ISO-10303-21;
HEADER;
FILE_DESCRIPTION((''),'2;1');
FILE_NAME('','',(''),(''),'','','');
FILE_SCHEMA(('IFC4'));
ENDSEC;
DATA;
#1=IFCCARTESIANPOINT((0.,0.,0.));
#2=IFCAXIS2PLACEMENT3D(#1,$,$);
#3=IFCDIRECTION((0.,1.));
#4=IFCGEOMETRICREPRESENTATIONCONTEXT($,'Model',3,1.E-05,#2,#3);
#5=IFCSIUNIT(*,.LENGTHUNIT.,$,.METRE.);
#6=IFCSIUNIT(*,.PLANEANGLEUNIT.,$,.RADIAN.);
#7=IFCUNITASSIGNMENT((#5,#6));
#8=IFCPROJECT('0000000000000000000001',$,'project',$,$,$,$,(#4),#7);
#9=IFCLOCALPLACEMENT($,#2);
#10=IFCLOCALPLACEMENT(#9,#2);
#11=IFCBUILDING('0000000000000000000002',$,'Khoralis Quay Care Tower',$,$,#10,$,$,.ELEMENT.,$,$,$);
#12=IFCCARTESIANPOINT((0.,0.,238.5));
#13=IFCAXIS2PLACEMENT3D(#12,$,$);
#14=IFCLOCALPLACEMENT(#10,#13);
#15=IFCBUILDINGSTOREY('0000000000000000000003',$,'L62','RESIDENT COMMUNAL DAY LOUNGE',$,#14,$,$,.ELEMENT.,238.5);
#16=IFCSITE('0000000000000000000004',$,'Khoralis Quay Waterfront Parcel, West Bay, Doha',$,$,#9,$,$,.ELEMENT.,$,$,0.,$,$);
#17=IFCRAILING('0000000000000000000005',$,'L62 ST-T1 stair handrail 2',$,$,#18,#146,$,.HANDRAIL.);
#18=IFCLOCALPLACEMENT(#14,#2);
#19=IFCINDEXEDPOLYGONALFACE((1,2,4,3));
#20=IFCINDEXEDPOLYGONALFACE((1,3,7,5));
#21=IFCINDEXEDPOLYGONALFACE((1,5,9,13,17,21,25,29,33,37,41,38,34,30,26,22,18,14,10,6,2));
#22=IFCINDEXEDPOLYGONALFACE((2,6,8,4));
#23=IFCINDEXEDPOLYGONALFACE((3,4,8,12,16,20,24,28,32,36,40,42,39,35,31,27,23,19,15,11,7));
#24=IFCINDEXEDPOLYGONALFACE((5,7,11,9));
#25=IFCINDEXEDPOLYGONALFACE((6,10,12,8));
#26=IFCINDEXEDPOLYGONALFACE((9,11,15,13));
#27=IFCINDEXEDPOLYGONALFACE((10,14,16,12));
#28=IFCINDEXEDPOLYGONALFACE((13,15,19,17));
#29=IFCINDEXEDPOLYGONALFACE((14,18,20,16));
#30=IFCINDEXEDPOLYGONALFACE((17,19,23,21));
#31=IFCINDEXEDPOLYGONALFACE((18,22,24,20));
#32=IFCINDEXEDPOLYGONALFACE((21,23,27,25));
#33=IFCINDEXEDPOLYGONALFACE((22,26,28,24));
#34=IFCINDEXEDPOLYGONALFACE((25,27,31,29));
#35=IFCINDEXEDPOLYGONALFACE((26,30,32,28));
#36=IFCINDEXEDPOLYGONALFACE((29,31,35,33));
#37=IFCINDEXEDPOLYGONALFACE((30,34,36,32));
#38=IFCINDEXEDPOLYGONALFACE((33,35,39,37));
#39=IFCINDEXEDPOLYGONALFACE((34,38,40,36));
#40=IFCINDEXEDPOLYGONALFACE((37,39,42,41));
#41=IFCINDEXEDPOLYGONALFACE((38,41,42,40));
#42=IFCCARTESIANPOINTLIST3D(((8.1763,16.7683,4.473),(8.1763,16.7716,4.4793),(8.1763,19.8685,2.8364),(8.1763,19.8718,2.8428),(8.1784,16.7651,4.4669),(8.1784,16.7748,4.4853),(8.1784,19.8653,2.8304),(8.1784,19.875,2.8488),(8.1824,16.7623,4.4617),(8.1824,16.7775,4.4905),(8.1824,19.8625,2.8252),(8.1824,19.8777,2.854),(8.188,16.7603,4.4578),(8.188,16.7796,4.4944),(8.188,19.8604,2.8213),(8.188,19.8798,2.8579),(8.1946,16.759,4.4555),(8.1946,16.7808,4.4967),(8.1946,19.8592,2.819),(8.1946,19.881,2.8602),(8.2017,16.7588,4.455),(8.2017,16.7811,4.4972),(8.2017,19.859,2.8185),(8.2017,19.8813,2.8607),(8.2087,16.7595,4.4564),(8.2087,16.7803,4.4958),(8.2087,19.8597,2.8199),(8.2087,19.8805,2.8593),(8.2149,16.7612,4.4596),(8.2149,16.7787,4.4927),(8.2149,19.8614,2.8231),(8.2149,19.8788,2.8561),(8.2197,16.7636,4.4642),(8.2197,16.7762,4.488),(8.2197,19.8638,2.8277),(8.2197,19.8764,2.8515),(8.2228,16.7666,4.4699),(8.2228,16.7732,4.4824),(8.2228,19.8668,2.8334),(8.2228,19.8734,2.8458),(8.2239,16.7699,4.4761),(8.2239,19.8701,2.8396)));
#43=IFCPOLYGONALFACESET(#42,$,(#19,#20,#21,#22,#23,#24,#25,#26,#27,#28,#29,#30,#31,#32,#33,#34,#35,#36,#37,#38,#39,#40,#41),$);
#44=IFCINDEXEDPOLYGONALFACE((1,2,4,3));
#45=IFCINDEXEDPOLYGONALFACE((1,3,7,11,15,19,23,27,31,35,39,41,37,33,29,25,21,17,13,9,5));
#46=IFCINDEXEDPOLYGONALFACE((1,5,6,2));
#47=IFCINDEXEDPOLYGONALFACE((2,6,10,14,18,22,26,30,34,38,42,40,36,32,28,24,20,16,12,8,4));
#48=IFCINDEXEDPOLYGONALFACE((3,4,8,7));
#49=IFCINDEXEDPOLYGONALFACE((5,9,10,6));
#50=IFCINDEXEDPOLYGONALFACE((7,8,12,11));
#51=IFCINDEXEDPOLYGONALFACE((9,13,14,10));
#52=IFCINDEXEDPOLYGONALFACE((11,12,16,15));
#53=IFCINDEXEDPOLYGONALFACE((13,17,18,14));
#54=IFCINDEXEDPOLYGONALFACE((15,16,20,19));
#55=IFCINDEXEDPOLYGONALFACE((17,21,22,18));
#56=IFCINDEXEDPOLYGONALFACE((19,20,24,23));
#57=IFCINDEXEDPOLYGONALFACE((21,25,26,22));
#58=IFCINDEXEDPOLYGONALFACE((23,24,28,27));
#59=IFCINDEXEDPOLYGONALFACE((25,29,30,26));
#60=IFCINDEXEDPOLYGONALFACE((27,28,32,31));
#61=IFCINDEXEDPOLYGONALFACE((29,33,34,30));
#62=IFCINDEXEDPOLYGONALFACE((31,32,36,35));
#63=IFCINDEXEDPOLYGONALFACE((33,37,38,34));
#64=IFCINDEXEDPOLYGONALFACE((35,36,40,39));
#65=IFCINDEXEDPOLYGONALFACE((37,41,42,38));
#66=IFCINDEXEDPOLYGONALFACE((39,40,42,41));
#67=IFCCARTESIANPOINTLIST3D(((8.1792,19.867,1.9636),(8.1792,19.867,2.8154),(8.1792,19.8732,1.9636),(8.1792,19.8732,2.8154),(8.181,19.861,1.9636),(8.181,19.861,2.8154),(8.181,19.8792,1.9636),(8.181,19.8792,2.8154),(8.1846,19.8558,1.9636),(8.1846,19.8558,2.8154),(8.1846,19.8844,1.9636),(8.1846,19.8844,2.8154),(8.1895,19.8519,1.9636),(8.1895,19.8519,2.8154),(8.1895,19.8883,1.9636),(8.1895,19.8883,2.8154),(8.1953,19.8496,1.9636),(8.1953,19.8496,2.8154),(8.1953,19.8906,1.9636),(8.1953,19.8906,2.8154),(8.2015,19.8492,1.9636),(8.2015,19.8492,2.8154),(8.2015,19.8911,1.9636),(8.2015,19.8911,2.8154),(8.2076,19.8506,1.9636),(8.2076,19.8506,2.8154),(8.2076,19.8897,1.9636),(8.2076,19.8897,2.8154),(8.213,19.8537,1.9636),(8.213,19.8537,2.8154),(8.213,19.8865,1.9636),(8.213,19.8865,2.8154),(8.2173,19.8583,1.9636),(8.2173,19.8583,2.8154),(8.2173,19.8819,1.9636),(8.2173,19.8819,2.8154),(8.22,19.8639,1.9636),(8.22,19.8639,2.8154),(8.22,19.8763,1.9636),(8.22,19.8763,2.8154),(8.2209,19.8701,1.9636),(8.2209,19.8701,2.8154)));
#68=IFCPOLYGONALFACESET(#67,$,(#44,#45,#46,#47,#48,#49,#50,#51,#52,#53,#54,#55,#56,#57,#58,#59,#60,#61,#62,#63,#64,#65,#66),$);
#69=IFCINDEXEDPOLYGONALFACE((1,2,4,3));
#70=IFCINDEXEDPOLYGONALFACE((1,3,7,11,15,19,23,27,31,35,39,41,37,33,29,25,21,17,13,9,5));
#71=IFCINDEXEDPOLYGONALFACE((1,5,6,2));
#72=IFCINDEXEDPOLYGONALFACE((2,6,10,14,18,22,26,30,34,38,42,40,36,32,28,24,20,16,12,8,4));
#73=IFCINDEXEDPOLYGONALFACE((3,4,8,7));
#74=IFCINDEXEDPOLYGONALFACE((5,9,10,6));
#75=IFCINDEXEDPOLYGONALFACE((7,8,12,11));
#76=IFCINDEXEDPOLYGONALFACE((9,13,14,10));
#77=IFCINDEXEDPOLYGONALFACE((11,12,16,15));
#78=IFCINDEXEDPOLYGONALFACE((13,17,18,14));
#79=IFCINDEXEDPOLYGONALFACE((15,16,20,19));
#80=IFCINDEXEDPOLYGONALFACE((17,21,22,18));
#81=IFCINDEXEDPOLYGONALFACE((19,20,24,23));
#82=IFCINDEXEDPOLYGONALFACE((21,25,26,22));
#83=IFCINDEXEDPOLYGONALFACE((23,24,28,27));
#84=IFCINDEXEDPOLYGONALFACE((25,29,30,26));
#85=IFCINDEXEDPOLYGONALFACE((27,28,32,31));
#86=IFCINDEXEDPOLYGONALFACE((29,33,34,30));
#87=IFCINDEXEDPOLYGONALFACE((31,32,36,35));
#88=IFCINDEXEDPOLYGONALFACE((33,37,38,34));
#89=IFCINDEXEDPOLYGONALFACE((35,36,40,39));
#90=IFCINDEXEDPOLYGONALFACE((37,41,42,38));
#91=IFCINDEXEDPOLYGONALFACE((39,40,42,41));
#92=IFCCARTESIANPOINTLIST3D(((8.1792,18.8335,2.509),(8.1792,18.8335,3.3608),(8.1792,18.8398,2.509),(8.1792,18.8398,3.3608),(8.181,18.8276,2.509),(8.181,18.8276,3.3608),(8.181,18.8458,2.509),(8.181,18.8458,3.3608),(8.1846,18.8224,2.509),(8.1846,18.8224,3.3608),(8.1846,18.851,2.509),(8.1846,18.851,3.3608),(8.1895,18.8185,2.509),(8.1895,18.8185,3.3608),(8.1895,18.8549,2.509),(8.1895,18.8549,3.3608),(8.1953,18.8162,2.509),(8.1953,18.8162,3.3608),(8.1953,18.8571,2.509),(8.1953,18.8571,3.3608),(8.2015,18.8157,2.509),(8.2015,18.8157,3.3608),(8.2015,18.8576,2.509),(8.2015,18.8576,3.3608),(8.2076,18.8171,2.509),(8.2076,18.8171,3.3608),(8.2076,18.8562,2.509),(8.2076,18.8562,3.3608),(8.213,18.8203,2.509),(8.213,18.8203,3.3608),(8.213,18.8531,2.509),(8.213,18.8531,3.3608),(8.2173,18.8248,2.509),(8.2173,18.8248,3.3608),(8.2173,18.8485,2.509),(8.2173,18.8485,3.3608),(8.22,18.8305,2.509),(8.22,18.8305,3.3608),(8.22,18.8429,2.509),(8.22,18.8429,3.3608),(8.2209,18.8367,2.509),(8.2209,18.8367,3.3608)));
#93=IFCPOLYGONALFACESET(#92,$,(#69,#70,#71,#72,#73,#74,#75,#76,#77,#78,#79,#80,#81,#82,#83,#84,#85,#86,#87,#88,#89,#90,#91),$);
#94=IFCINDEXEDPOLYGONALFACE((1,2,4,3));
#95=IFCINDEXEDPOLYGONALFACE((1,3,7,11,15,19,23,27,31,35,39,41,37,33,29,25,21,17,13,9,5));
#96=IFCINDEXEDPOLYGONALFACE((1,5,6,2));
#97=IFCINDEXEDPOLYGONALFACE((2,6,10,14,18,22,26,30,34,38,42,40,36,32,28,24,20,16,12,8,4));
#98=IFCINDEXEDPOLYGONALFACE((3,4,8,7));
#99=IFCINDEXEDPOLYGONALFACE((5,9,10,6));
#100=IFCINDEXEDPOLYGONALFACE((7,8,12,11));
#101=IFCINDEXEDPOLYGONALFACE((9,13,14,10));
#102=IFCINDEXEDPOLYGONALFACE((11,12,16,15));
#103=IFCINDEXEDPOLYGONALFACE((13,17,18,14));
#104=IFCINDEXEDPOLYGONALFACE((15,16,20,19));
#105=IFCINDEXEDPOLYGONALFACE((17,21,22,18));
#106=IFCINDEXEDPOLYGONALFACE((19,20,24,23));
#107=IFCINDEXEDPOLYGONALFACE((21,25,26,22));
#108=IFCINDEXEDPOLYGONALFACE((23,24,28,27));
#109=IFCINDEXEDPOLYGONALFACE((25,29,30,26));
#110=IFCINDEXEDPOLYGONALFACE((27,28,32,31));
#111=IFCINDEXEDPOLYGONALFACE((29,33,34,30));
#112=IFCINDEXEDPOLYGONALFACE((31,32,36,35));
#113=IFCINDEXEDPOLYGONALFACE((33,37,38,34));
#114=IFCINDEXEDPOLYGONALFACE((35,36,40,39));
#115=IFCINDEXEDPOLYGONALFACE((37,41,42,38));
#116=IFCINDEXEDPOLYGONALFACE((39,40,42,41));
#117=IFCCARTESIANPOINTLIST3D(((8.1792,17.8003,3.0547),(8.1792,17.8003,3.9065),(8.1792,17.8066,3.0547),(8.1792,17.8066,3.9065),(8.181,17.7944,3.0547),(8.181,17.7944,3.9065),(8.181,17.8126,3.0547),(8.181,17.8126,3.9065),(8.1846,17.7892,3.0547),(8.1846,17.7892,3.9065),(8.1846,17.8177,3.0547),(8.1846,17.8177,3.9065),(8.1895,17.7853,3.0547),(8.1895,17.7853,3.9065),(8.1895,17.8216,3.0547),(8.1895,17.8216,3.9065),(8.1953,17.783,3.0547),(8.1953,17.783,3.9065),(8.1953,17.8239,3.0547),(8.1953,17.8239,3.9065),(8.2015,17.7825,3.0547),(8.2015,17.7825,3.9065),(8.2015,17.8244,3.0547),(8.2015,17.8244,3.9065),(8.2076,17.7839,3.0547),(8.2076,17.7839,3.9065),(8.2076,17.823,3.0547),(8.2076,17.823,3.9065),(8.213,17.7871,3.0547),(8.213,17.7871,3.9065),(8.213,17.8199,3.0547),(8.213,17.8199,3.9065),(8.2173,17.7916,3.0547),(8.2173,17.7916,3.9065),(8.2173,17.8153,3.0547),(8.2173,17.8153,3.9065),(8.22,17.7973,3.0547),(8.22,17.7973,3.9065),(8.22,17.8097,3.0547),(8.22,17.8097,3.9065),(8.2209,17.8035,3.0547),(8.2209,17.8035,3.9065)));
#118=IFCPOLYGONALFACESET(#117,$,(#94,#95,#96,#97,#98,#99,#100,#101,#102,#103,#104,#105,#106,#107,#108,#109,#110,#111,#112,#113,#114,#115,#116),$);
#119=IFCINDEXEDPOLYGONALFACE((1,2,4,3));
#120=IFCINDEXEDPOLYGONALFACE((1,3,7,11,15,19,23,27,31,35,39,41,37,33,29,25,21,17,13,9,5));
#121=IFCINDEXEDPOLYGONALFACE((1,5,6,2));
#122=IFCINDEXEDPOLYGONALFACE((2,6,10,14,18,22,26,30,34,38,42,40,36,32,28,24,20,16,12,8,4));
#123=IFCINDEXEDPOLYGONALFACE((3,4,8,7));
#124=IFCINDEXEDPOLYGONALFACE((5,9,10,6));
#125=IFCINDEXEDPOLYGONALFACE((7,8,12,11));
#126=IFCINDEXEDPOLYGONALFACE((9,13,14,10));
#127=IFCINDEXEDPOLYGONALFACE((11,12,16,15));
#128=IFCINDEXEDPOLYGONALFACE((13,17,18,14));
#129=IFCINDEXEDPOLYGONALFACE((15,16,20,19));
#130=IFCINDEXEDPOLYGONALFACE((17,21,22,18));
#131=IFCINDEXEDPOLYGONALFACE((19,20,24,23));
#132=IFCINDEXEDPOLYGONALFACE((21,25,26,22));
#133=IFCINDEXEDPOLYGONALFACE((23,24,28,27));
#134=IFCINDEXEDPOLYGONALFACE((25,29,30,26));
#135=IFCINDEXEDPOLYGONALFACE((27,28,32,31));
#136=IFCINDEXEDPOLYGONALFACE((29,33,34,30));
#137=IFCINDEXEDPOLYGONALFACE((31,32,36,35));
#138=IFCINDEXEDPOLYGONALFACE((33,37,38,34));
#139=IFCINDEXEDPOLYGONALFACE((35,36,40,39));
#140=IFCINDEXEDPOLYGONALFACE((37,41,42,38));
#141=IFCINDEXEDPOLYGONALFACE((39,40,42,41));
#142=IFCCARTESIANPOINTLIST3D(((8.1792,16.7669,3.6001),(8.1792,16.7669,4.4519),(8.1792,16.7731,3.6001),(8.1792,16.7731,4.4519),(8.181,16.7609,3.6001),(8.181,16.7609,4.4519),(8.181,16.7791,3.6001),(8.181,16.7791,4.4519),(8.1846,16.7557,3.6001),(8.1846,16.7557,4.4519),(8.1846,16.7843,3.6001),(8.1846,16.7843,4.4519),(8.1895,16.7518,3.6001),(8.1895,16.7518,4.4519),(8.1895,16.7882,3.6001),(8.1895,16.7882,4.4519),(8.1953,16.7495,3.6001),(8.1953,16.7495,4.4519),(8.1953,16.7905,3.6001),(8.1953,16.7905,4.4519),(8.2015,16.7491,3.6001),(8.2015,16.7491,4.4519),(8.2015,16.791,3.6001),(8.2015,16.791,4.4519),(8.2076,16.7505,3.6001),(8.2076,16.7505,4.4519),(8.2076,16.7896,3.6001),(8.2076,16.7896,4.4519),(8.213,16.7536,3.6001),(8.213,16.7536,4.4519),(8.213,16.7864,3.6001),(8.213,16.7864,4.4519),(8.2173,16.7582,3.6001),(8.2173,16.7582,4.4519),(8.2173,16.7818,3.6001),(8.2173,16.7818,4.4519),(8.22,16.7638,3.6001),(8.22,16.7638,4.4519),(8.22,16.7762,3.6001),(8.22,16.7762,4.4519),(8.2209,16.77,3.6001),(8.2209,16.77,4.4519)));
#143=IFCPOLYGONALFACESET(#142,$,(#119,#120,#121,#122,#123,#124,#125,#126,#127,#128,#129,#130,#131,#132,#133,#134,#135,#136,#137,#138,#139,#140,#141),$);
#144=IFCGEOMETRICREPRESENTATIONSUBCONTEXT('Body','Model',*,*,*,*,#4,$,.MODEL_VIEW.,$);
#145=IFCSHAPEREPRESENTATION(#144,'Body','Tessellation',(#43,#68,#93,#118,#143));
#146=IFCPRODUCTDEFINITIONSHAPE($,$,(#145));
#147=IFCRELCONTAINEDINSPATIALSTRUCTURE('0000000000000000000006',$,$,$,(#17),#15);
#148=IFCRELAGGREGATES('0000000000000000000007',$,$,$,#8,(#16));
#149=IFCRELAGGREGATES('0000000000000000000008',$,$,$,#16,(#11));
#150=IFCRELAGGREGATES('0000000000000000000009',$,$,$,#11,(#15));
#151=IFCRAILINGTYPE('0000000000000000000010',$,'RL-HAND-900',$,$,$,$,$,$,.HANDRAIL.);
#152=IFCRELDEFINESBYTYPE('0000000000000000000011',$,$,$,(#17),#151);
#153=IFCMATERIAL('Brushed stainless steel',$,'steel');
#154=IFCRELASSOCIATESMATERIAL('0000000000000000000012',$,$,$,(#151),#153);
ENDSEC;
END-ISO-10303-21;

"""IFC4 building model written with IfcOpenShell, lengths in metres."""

from ifc_helpers import new_model, si_unit, direction, frame, origin, origin_2d, place, context, subcontext, project, spatial, circle, extrude, material, type_object, element, save


model = new_model("IFC4")

# Units and contexts
model_context = context("Model", 3, precision=1e-05, world=origin(), true_north=direction((0.0, 1.0)))
body_context = subcontext(model_context, "Body", "Model", "MODEL_VIEW")
ifc_project = project(units=[si_unit("LENGTHUNIT", "METRE"), si_unit("PLANEANGLEUNIT", "RADIAN")], contexts=[model_context])

# Site, building, storey
site_placement = place(None, origin())
site = spatial("IfcSite", under=ifc_project, at=site_placement, Name="Khoralis Quay Waterfront Parcel, West Bay, Doha", CompositionType="ELEMENT", RefElevation=0.0)
building_placement = place(site_placement, origin())
building = spatial("IfcBuilding", under=site, at=building_placement, Name="Khoralis Quay Care Tower", CompositionType="ELEMENT")
storey_placement = place(building_placement, frame((0.0, 0.0, 238.5)))
storey = spatial("IfcBuildingStorey", under=building, at=storey_placement, Name="L62", Description="RESIDENT COMMUNAL DAY LOUNGE", CompositionType="ELEMENT", Elevation=238.5)

# Railing
ifc_material_1 = material(Name="Brushed stainless steel", Category="steel")
railing_type_1 = type_object("IfcRailingType", Name="RL-HAND-900", PredefinedType="HANDRAIL", material=ifc_material_1)
railing_1_placement = place(storey_placement, frame((8.2, 19.8701, 1.9636)))
element("IfcRailing", 1, at=railing_1_placement, inside=storey, type_object=railing_type_1, Name="L62 ST-T1 stair handrail 2", PredefinedType="HANDRAIL", context=body_context, shape_type="SweptSolid", body=[
    extrude(circle(Radius=0.0239, at=origin_2d()), frame((0.0, 0.0, 0.876), z_axis=(0.0, -0.884348, 0.466828), x_axis=(1.0, 0.0, 0.0)), (0.0, 0.0, 1.0), 3.5056),
    extrude(circle(Radius=0.021, at=origin_2d()), origin(), (0.0, 0.0, 1.0), 0.8518),
    extrude(circle(Radius=0.021, at=origin_2d()), frame((0.0, -1.0334, 0.5454)), (0.0, 0.0, 1.0), 0.8518),
    extrude(circle(Radius=0.021, at=origin_2d()), frame((0.0, -2.0667, 1.0911)), (0.0, 0.0, 1.0), 0.8518),
    extrude(circle(Radius=0.021, at=origin_2d()), frame((0.0, -3.1001, 1.6365)), (0.0, 0.0, 1.0), 0.8518),
])

save(model, "model.ifc")
